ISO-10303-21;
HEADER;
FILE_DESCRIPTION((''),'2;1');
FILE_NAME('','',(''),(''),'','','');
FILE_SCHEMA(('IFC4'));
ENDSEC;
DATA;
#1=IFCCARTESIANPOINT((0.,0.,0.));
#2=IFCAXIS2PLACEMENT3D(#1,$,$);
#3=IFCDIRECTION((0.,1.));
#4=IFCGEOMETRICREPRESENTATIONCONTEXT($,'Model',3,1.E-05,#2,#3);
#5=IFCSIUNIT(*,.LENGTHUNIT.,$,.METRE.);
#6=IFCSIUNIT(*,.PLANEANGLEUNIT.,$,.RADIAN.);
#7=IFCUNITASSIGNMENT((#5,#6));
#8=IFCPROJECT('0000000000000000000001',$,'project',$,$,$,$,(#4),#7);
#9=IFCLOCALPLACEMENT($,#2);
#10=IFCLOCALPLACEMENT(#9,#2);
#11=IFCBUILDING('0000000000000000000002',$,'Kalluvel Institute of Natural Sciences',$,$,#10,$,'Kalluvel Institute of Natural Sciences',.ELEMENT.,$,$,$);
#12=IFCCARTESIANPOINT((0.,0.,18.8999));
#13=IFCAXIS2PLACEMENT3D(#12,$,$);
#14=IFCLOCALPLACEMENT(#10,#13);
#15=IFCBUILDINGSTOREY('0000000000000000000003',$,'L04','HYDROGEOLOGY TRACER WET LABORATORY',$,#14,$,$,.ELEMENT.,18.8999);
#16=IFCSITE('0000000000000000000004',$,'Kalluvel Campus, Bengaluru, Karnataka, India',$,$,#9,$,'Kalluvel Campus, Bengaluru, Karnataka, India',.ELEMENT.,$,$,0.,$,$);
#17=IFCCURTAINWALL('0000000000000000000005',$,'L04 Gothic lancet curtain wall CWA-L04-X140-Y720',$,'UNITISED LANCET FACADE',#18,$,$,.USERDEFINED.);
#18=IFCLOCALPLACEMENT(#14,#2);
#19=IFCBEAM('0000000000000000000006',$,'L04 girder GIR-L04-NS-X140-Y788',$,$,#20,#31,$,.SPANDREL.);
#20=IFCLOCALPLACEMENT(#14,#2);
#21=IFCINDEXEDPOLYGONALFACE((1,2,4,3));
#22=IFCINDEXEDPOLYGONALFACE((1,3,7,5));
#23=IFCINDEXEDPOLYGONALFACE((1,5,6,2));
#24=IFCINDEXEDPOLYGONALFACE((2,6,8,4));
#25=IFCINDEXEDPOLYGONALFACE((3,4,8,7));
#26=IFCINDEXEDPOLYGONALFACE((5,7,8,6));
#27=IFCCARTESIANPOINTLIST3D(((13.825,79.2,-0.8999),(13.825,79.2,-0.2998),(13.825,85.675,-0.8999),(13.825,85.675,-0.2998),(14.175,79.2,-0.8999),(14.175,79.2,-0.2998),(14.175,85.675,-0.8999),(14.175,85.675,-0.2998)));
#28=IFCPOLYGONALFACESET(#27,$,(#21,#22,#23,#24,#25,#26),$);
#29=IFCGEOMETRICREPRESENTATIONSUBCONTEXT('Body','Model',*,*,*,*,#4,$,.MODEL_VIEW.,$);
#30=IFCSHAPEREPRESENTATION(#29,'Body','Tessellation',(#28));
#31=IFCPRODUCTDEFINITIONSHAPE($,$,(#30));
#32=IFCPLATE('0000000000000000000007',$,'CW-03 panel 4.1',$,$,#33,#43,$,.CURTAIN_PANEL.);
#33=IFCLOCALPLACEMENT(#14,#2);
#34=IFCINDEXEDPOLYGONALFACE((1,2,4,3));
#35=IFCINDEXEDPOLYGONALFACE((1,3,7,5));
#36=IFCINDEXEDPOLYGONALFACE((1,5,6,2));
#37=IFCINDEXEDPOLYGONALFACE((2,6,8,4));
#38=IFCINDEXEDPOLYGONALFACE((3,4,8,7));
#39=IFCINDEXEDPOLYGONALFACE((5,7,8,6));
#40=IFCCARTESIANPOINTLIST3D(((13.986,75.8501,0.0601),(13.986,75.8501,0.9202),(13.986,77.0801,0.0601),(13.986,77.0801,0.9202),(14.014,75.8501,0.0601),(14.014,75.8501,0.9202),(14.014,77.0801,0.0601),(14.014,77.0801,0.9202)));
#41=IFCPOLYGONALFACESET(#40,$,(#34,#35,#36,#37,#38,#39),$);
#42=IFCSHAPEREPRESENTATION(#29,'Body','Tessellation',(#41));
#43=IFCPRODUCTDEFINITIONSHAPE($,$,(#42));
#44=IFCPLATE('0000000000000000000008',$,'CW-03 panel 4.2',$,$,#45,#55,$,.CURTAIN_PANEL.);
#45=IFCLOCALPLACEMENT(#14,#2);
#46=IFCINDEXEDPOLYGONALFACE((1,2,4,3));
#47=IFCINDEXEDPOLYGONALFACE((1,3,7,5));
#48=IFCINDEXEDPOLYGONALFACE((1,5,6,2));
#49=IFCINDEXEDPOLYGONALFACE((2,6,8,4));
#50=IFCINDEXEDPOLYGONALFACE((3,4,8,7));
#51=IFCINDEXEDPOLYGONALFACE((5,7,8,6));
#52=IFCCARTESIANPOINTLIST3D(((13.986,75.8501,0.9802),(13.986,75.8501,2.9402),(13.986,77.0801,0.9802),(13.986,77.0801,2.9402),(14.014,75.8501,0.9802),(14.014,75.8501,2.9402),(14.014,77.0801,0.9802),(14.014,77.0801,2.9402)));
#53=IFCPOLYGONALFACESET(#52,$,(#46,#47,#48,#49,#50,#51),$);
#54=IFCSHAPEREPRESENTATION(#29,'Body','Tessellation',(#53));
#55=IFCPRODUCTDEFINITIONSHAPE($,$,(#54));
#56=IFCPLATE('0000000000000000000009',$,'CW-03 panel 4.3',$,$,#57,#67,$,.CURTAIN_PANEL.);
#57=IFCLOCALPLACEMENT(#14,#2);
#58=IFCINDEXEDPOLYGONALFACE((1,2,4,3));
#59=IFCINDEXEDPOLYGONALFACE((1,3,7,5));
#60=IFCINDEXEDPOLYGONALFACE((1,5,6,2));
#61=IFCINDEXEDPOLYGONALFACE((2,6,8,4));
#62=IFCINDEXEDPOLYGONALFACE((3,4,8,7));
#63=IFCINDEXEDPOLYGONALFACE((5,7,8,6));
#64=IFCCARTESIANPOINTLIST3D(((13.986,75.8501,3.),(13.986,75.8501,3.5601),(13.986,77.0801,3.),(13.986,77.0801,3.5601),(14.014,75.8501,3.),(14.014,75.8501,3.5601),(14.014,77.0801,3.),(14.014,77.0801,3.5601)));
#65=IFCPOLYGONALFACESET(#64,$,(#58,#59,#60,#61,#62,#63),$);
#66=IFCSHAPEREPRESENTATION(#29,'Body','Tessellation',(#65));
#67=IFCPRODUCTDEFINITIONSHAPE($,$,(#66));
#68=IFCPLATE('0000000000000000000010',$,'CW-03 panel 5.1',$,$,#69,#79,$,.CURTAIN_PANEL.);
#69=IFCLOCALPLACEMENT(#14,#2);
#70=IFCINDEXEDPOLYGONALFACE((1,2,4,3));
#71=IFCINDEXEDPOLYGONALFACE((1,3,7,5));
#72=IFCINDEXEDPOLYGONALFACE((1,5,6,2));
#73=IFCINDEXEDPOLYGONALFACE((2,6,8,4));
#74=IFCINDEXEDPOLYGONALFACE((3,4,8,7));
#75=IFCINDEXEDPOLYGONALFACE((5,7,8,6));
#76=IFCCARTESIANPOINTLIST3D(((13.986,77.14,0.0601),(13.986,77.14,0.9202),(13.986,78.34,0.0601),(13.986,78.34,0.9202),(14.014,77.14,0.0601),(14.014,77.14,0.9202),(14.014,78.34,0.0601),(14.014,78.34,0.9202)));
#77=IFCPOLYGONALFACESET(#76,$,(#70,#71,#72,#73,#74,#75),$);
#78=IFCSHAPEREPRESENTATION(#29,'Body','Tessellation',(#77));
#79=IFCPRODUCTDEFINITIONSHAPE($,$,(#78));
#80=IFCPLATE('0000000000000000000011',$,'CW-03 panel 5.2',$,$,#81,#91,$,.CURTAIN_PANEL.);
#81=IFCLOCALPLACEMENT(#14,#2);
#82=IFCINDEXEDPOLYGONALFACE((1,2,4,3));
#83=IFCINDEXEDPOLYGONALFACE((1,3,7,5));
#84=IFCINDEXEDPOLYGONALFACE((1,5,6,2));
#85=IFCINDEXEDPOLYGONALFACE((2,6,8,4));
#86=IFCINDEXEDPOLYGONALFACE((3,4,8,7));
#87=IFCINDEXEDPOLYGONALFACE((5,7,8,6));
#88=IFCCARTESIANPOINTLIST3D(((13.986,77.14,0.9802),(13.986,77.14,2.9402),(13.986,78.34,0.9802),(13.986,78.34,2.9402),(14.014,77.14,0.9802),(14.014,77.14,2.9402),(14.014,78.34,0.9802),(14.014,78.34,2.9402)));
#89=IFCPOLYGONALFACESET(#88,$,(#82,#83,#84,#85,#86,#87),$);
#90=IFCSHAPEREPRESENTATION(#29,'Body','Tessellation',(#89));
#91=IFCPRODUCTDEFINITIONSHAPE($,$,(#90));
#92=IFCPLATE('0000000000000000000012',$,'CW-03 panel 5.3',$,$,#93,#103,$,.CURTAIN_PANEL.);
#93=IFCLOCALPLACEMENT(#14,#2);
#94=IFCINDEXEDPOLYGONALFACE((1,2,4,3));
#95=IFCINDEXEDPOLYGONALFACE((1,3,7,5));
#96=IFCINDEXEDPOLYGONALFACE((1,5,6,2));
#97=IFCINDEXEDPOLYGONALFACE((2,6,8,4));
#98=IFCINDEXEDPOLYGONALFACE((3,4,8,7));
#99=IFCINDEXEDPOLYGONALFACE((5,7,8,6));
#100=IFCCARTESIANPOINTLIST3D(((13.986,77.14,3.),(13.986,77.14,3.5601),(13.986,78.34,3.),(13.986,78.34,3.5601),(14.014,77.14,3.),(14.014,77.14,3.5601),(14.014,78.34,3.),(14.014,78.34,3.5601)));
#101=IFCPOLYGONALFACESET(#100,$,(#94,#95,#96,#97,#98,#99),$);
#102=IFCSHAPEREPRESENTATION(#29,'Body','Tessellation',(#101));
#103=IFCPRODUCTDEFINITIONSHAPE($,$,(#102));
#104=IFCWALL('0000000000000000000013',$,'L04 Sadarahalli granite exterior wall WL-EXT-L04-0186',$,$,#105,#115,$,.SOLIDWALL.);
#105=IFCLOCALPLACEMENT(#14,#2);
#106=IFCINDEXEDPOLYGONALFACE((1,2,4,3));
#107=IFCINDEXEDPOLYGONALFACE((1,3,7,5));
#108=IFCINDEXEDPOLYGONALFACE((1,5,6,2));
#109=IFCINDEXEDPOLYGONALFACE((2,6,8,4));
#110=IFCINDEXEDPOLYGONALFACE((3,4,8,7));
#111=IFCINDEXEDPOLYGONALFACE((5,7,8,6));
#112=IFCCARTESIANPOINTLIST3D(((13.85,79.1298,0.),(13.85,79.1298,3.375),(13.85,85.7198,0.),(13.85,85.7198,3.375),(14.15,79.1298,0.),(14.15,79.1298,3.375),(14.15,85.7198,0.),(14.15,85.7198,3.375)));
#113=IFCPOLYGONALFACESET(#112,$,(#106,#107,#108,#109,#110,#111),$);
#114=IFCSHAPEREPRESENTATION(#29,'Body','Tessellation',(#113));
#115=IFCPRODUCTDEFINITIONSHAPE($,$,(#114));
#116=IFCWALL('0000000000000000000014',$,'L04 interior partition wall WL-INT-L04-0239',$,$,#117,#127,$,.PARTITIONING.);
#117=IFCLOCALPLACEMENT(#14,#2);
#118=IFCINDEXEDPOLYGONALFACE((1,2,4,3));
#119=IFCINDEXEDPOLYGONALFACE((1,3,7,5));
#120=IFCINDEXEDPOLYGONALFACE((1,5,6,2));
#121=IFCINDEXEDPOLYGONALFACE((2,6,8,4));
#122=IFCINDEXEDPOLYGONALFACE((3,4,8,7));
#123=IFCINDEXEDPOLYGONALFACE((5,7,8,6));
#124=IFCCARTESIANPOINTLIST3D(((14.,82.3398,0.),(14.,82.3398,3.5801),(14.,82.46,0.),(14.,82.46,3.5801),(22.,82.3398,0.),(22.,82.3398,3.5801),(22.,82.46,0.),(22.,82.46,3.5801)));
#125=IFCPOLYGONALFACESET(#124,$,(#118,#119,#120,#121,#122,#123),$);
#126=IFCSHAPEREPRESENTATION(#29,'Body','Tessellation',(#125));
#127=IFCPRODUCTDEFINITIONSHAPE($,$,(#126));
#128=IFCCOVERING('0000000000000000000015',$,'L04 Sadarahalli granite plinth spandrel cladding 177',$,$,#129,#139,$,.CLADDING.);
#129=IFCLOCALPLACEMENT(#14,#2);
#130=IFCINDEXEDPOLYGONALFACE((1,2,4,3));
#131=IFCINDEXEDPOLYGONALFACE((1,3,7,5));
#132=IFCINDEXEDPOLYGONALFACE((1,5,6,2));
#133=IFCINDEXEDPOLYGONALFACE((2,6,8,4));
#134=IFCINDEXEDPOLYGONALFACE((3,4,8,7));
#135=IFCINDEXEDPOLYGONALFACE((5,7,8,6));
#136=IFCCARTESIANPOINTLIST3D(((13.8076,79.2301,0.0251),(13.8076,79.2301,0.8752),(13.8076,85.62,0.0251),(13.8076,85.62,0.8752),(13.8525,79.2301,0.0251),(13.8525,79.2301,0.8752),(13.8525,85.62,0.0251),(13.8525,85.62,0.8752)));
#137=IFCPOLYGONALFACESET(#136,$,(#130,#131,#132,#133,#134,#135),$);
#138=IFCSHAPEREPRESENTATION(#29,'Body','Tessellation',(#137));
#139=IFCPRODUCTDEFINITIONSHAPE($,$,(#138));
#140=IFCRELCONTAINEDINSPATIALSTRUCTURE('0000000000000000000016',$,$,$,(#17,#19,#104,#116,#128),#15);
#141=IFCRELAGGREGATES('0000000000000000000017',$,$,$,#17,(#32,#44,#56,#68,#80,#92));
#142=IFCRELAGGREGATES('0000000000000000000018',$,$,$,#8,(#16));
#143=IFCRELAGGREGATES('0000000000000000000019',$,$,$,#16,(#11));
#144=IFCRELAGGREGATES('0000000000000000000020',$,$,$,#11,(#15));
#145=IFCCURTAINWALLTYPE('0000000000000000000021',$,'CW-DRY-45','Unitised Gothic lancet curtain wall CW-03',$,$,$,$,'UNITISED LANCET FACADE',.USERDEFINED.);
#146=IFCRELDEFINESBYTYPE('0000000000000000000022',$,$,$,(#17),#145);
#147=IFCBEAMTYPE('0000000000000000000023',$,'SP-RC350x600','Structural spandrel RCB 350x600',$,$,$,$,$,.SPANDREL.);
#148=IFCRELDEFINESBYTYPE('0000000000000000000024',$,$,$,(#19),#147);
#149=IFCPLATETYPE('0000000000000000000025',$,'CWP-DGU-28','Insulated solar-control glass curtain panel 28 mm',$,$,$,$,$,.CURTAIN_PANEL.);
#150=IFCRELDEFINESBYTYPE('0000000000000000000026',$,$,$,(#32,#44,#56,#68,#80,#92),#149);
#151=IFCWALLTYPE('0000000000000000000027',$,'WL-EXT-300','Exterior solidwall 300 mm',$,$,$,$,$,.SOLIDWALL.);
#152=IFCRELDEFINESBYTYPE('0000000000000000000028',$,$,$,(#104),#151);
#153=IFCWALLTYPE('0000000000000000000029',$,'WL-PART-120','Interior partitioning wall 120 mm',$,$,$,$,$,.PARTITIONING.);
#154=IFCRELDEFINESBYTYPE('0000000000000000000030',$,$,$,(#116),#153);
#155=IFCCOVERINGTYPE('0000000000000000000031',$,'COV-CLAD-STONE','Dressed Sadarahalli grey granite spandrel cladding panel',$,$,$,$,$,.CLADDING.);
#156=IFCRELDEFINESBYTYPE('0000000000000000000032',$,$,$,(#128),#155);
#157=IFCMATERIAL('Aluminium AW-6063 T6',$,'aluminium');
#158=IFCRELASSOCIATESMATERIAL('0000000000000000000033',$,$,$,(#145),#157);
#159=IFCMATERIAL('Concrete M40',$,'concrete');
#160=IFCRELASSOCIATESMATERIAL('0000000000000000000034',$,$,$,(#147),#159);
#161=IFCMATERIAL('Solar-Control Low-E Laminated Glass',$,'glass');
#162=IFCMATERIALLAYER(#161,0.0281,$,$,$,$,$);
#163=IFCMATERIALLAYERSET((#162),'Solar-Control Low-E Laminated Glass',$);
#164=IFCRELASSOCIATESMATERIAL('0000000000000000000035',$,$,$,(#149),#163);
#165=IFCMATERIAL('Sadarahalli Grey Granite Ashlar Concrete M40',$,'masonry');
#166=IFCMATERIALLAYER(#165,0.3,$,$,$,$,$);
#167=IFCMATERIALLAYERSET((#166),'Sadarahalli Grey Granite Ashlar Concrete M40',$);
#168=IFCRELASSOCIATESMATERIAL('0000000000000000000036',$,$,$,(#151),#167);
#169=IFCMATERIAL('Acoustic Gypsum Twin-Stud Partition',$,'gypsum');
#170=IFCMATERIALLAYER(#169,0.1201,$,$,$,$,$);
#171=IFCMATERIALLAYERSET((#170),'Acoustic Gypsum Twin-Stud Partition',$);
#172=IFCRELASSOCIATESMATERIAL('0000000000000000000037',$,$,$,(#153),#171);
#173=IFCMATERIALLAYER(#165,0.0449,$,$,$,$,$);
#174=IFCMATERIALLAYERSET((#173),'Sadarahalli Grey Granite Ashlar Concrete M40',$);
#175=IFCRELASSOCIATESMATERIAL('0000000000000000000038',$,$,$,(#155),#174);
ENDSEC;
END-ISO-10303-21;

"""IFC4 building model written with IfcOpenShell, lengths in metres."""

from ifc_helpers import new_model, si_unit, direction, frame, frame_2d, origin, origin_2d, place, context, subcontext, project, spatial, rectangle, extrude, material, layer, layer_set, material_profile, profile_set, type_object, element, aggregate, save


model = new_model("IFC4")

# Units and contexts
model_context = context("Model", 3, precision=1e-05, world=origin(), true_north=direction((0.0, 1.0)))
body_context = subcontext(model_context, "Body", "Model", "MODEL_VIEW")
ifc_project = project(units=[si_unit("LENGTHUNIT", "METRE"), si_unit("PLANEANGLEUNIT", "RADIAN")], contexts=[model_context])

# Site, building, storey
site_placement = place(None, origin())
site = spatial("IfcSite", under=ifc_project, at=site_placement, Name="Kalluvel Campus, Bengaluru, Karnataka, India", LongName="Kalluvel Campus, Bengaluru, Karnataka, India", CompositionType="ELEMENT", RefElevation=0.0)
building_placement = place(site_placement, origin())
building = spatial("IfcBuilding", under=site, at=building_placement, Name="Kalluvel Institute of Natural Sciences", LongName="Kalluvel Institute of Natural Sciences", CompositionType="ELEMENT")
storey_placement = place(building_placement, frame((0.0, 0.0, 18.8999)))
storey = spatial("IfcBuildingStorey", under=building, at=storey_placement, Name="L04", Description="HYDROGEOLOGY TRACER WET LABORATORY", CompositionType="ELEMENT", Elevation=18.8999)

# Shared definitions
ifc_material_1 = material(Name="Concrete M40", Category="concrete")

# Curtain wall
ifc_material_2 = material(Name="Aluminium AW-6063 T6", Category="aluminium")
curtain_wall_type = type_object("IfcCurtainWallType", Name="CW-DRY-45", Description="Unitised Gothic lancet curtain wall CW-03", ElementType="UNITISED LANCET FACADE", PredefinedType="USERDEFINED", material=ifc_material_2)
curtain_wall_placement = place(storey_placement, origin())
curtain_wall = element("IfcCurtainWall", 1, at=curtain_wall_placement, inside=storey, type_object=curtain_wall_type, Name="L04 Gothic lancet curtain wall CWA-L04-X140-Y720", ObjectType="UNITISED LANCET FACADE", PredefinedType="USERDEFINED")

# Beam
ifc_material_profile_1 = material_profile(ifc_material_1, rectangle(XDim=0.3501, YDim=0.6001, at=origin_2d()), Name="RCB 350x600")
ifc_profile_set_1 = profile_set([ifc_material_profile_1], Name="Concrete M40")
beam_type = type_object("IfcBeamType", Name="SP-RC350x600", Description="Structural spandrel RCB 350x600", PredefinedType="SPANDREL", material=ifc_profile_set_1)
beam_placement = place(storey_placement, frame((14.0, 79.2, -0.5999), z_axis=(0.0, 1.0, 0.0), x_axis=(-1.0, 0.0, 0.0)))
element("IfcBeam", 2, at=beam_placement, inside=storey, type_object=beam_type, Name="L04 girder GIR-L04-NS-X140-Y788", PredefinedType="SPANDREL", context=body_context, shape_type="SweptSolid", body=[
    extrude(rectangle(XDim=0.3501, YDim=0.6001, at=origin_2d()), origin(), (0.0, 0.0, 1.0), 6.4751),
])

# Plates
ifc_material_3 = material(Name="Solar-Control Low-E Laminated Glass", Category="glass")
ifc_layer_1 = layer(ifc_material_3, 0.0281)
ifc_layer_set_1 = layer_set([ifc_layer_1], Name="Solar-Control Low-E Laminated Glass")
plate_type = type_object("IfcPlateType", Name="CWP-DGU-28", Description="Insulated solar-control glass curtain panel 28 mm", PredefinedType="CURTAIN_PANEL", material=ifc_layer_set_1)
plate_1_placement = place(storey_placement, frame((14.0, 76.4651, 0.0601), z_axis=(0.0, 0.0, 1.0), x_axis=(0.0, 1.0, 0.0)))
plate_1 = element("IfcPlate", 3, at=plate_1_placement, type_object=plate_type, Name="CW-03 panel 4.1", PredefinedType="CURTAIN_PANEL", context=body_context, shape_type="SweptSolid", body=[
    extrude(rectangle(XDim=1.23, YDim=0.0281, at=origin_2d()), origin(), (0.0, 0.0, 1.0), 0.8601),
])
plate_2_placement = place(storey_placement, frame((14.0, 76.4651, 0.9802), z_axis=(0.0, 0.0, 1.0), x_axis=(0.0, 1.0, 0.0)))
plate_2 = element("IfcPlate", 4, at=plate_2_placement, type_object=plate_type, Name="CW-03 panel 4.2", PredefinedType="CURTAIN_PANEL", context=body_context, shape_type="SweptSolid", body=[
    extrude(rectangle(XDim=1.23, YDim=0.0281, at=origin_2d()), origin(), (0.0, 0.0, 1.0), 1.96),
])
plate_3_placement = place(storey_placement, frame((14.0, 76.4651, 3.0), z_axis=(0.0, 0.0, 1.0), x_axis=(0.0, 1.0, 0.0)))
plate_3 = element("IfcPlate", 5, at=plate_3_placement, type_object=plate_type, Name="CW-03 panel 4.3", PredefinedType="CURTAIN_PANEL", context=body_context, shape_type="SweptSolid", body=[
    extrude(rectangle(XDim=1.23, YDim=0.0281, at=origin_2d()), origin(), (0.0, 0.0, 1.0), 0.5601),
])
plate_4_placement = place(storey_placement, frame((14.0, 77.74, 0.0601), z_axis=(0.0, 0.0, 1.0), x_axis=(0.0, 1.0, 0.0)))
plate_4 = element("IfcPlate", 6, at=plate_4_placement, type_object=plate_type, Name="CW-03 panel 5.1", PredefinedType="CURTAIN_PANEL", context=body_context, shape_type="SweptSolid", body=[
    extrude(rectangle(XDim=1.2, YDim=0.0281, at=origin_2d()), origin(), (0.0, 0.0, 1.0), 0.8601),
])
plate_5_placement = place(storey_placement, frame((14.0, 77.74, 0.9802), z_axis=(0.0, 0.0, 1.0), x_axis=(0.0, 1.0, 0.0)))
plate_5 = element("IfcPlate", 7, at=plate_5_placement, type_object=plate_type, Name="CW-03 panel 5.2", PredefinedType="CURTAIN_PANEL", context=body_context, shape_type="SweptSolid", body=[
    extrude(rectangle(XDim=1.2, YDim=0.0281, at=origin_2d()), origin(), (0.0, 0.0, 1.0), 1.96),
])
plate_6_placement = place(storey_placement, frame((14.0, 77.74, 3.0), z_axis=(0.0, 0.0, 1.0), x_axis=(0.0, 1.0, 0.0)))
plate_6 = element("IfcPlate", 8, at=plate_6_placement, type_object=plate_type, Name="CW-03 panel 5.3", PredefinedType="CURTAIN_PANEL", context=body_context, shape_type="SweptSolid", body=[
    extrude(rectangle(XDim=1.2, YDim=0.0281, at=origin_2d()), origin(), (0.0, 0.0, 1.0), 0.5601),
])
aggregate(curtain_wall, [plate_1, plate_2, plate_3, plate_4, plate_5, plate_6])

# Walls
ifc_material_4 = material(Name="Sadarahalli Grey Granite Ashlar Concrete M40", Category="masonry")
ifc_layer_2 = layer(ifc_material_4, 0.3)
ifc_layer_set_2 = layer_set([ifc_layer_2], Name="Sadarahalli Grey Granite Ashlar Concrete M40")
wall_type_1 = type_object("IfcWallType", Name="WL-EXT-300", Description="Exterior solidwall 300 mm", PredefinedType="SOLIDWALL", material=ifc_layer_set_2)
wall_1_placement = place(storey_placement, frame((14.0, 79.1299, 0.0), z_axis=(0.0, 0.0, 1.0), x_axis=(0.0, 1.0, 0.0)))
element("IfcWall", 9, at=wall_1_placement, inside=storey, type_object=wall_type_1, Name="L04 Sadarahalli granite exterior wall WL-EXT-L04-0186", PredefinedType="SOLIDWALL", context=body_context, shape_type="SweptSolid", body=[
    extrude(rectangle(XDim=6.5901, YDim=0.3, at=frame_2d((3.2949, 0.0))), origin(), (0.0, 0.0, 1.0), 3.375),
])
ifc_material_5 = material(Name="Acoustic Gypsum Twin-Stud Partition", Category="gypsum")
ifc_layer_3 = layer(ifc_material_5, 0.1201)
ifc_layer_set_3 = layer_set([ifc_layer_3], Name="Acoustic Gypsum Twin-Stud Partition")
wall_type_2 = type_object("IfcWallType", Name="WL-PART-120", Description="Interior partitioning wall 120 mm", PredefinedType="PARTITIONING", material=ifc_layer_set_3)
wall_2_placement = place(storey_placement, frame((14.0, 82.3999, 0.0), z_axis=(0.0, 0.0, 1.0), x_axis=(1.0, 0.0, 0.0)))
element("IfcWall", 10, at=wall_2_placement, inside=storey, type_object=wall_type_2, Name="L04 interior partition wall WL-INT-L04-0239", PredefinedType="PARTITIONING", context=body_context, shape_type="SweptSolid", body=[
    extrude(rectangle(XDim=8.0, YDim=0.1201, at=frame_2d((4.0, 0.0))), origin(), (0.0, 0.0, 1.0), 3.5801),
])

# Covering
ifc_layer_4 = layer(ifc_material_4, 0.0449)
ifc_layer_set_4 = layer_set([ifc_layer_4], Name="Sadarahalli Grey Granite Ashlar Concrete M40")
covering_type = type_object("IfcCoveringType", Name="COV-CLAD-STONE", Description="Dressed Sadarahalli grey granite spandrel cladding panel", PredefinedType="CLADDING", material=ifc_layer_set_4)
covering_placement = place(storey_placement, frame((13.8301, 82.425, 0.0251), z_axis=(0.0, 0.0, 1.0), x_axis=(0.0, 1.0, 0.0)))
element("IfcCovering", 11, at=covering_placement, inside=storey, type_object=covering_type, Name="L04 Sadarahalli granite plinth spandrel cladding 177", PredefinedType="CLADDING", context=body_context, shape_type="SweptSolid", body=[
    extrude(rectangle(XDim=6.3899, YDim=0.0449, at=origin_2d()), origin(), (0.0, 0.0, 1.0), 0.8501),
])

save(model, "model.ifc")
